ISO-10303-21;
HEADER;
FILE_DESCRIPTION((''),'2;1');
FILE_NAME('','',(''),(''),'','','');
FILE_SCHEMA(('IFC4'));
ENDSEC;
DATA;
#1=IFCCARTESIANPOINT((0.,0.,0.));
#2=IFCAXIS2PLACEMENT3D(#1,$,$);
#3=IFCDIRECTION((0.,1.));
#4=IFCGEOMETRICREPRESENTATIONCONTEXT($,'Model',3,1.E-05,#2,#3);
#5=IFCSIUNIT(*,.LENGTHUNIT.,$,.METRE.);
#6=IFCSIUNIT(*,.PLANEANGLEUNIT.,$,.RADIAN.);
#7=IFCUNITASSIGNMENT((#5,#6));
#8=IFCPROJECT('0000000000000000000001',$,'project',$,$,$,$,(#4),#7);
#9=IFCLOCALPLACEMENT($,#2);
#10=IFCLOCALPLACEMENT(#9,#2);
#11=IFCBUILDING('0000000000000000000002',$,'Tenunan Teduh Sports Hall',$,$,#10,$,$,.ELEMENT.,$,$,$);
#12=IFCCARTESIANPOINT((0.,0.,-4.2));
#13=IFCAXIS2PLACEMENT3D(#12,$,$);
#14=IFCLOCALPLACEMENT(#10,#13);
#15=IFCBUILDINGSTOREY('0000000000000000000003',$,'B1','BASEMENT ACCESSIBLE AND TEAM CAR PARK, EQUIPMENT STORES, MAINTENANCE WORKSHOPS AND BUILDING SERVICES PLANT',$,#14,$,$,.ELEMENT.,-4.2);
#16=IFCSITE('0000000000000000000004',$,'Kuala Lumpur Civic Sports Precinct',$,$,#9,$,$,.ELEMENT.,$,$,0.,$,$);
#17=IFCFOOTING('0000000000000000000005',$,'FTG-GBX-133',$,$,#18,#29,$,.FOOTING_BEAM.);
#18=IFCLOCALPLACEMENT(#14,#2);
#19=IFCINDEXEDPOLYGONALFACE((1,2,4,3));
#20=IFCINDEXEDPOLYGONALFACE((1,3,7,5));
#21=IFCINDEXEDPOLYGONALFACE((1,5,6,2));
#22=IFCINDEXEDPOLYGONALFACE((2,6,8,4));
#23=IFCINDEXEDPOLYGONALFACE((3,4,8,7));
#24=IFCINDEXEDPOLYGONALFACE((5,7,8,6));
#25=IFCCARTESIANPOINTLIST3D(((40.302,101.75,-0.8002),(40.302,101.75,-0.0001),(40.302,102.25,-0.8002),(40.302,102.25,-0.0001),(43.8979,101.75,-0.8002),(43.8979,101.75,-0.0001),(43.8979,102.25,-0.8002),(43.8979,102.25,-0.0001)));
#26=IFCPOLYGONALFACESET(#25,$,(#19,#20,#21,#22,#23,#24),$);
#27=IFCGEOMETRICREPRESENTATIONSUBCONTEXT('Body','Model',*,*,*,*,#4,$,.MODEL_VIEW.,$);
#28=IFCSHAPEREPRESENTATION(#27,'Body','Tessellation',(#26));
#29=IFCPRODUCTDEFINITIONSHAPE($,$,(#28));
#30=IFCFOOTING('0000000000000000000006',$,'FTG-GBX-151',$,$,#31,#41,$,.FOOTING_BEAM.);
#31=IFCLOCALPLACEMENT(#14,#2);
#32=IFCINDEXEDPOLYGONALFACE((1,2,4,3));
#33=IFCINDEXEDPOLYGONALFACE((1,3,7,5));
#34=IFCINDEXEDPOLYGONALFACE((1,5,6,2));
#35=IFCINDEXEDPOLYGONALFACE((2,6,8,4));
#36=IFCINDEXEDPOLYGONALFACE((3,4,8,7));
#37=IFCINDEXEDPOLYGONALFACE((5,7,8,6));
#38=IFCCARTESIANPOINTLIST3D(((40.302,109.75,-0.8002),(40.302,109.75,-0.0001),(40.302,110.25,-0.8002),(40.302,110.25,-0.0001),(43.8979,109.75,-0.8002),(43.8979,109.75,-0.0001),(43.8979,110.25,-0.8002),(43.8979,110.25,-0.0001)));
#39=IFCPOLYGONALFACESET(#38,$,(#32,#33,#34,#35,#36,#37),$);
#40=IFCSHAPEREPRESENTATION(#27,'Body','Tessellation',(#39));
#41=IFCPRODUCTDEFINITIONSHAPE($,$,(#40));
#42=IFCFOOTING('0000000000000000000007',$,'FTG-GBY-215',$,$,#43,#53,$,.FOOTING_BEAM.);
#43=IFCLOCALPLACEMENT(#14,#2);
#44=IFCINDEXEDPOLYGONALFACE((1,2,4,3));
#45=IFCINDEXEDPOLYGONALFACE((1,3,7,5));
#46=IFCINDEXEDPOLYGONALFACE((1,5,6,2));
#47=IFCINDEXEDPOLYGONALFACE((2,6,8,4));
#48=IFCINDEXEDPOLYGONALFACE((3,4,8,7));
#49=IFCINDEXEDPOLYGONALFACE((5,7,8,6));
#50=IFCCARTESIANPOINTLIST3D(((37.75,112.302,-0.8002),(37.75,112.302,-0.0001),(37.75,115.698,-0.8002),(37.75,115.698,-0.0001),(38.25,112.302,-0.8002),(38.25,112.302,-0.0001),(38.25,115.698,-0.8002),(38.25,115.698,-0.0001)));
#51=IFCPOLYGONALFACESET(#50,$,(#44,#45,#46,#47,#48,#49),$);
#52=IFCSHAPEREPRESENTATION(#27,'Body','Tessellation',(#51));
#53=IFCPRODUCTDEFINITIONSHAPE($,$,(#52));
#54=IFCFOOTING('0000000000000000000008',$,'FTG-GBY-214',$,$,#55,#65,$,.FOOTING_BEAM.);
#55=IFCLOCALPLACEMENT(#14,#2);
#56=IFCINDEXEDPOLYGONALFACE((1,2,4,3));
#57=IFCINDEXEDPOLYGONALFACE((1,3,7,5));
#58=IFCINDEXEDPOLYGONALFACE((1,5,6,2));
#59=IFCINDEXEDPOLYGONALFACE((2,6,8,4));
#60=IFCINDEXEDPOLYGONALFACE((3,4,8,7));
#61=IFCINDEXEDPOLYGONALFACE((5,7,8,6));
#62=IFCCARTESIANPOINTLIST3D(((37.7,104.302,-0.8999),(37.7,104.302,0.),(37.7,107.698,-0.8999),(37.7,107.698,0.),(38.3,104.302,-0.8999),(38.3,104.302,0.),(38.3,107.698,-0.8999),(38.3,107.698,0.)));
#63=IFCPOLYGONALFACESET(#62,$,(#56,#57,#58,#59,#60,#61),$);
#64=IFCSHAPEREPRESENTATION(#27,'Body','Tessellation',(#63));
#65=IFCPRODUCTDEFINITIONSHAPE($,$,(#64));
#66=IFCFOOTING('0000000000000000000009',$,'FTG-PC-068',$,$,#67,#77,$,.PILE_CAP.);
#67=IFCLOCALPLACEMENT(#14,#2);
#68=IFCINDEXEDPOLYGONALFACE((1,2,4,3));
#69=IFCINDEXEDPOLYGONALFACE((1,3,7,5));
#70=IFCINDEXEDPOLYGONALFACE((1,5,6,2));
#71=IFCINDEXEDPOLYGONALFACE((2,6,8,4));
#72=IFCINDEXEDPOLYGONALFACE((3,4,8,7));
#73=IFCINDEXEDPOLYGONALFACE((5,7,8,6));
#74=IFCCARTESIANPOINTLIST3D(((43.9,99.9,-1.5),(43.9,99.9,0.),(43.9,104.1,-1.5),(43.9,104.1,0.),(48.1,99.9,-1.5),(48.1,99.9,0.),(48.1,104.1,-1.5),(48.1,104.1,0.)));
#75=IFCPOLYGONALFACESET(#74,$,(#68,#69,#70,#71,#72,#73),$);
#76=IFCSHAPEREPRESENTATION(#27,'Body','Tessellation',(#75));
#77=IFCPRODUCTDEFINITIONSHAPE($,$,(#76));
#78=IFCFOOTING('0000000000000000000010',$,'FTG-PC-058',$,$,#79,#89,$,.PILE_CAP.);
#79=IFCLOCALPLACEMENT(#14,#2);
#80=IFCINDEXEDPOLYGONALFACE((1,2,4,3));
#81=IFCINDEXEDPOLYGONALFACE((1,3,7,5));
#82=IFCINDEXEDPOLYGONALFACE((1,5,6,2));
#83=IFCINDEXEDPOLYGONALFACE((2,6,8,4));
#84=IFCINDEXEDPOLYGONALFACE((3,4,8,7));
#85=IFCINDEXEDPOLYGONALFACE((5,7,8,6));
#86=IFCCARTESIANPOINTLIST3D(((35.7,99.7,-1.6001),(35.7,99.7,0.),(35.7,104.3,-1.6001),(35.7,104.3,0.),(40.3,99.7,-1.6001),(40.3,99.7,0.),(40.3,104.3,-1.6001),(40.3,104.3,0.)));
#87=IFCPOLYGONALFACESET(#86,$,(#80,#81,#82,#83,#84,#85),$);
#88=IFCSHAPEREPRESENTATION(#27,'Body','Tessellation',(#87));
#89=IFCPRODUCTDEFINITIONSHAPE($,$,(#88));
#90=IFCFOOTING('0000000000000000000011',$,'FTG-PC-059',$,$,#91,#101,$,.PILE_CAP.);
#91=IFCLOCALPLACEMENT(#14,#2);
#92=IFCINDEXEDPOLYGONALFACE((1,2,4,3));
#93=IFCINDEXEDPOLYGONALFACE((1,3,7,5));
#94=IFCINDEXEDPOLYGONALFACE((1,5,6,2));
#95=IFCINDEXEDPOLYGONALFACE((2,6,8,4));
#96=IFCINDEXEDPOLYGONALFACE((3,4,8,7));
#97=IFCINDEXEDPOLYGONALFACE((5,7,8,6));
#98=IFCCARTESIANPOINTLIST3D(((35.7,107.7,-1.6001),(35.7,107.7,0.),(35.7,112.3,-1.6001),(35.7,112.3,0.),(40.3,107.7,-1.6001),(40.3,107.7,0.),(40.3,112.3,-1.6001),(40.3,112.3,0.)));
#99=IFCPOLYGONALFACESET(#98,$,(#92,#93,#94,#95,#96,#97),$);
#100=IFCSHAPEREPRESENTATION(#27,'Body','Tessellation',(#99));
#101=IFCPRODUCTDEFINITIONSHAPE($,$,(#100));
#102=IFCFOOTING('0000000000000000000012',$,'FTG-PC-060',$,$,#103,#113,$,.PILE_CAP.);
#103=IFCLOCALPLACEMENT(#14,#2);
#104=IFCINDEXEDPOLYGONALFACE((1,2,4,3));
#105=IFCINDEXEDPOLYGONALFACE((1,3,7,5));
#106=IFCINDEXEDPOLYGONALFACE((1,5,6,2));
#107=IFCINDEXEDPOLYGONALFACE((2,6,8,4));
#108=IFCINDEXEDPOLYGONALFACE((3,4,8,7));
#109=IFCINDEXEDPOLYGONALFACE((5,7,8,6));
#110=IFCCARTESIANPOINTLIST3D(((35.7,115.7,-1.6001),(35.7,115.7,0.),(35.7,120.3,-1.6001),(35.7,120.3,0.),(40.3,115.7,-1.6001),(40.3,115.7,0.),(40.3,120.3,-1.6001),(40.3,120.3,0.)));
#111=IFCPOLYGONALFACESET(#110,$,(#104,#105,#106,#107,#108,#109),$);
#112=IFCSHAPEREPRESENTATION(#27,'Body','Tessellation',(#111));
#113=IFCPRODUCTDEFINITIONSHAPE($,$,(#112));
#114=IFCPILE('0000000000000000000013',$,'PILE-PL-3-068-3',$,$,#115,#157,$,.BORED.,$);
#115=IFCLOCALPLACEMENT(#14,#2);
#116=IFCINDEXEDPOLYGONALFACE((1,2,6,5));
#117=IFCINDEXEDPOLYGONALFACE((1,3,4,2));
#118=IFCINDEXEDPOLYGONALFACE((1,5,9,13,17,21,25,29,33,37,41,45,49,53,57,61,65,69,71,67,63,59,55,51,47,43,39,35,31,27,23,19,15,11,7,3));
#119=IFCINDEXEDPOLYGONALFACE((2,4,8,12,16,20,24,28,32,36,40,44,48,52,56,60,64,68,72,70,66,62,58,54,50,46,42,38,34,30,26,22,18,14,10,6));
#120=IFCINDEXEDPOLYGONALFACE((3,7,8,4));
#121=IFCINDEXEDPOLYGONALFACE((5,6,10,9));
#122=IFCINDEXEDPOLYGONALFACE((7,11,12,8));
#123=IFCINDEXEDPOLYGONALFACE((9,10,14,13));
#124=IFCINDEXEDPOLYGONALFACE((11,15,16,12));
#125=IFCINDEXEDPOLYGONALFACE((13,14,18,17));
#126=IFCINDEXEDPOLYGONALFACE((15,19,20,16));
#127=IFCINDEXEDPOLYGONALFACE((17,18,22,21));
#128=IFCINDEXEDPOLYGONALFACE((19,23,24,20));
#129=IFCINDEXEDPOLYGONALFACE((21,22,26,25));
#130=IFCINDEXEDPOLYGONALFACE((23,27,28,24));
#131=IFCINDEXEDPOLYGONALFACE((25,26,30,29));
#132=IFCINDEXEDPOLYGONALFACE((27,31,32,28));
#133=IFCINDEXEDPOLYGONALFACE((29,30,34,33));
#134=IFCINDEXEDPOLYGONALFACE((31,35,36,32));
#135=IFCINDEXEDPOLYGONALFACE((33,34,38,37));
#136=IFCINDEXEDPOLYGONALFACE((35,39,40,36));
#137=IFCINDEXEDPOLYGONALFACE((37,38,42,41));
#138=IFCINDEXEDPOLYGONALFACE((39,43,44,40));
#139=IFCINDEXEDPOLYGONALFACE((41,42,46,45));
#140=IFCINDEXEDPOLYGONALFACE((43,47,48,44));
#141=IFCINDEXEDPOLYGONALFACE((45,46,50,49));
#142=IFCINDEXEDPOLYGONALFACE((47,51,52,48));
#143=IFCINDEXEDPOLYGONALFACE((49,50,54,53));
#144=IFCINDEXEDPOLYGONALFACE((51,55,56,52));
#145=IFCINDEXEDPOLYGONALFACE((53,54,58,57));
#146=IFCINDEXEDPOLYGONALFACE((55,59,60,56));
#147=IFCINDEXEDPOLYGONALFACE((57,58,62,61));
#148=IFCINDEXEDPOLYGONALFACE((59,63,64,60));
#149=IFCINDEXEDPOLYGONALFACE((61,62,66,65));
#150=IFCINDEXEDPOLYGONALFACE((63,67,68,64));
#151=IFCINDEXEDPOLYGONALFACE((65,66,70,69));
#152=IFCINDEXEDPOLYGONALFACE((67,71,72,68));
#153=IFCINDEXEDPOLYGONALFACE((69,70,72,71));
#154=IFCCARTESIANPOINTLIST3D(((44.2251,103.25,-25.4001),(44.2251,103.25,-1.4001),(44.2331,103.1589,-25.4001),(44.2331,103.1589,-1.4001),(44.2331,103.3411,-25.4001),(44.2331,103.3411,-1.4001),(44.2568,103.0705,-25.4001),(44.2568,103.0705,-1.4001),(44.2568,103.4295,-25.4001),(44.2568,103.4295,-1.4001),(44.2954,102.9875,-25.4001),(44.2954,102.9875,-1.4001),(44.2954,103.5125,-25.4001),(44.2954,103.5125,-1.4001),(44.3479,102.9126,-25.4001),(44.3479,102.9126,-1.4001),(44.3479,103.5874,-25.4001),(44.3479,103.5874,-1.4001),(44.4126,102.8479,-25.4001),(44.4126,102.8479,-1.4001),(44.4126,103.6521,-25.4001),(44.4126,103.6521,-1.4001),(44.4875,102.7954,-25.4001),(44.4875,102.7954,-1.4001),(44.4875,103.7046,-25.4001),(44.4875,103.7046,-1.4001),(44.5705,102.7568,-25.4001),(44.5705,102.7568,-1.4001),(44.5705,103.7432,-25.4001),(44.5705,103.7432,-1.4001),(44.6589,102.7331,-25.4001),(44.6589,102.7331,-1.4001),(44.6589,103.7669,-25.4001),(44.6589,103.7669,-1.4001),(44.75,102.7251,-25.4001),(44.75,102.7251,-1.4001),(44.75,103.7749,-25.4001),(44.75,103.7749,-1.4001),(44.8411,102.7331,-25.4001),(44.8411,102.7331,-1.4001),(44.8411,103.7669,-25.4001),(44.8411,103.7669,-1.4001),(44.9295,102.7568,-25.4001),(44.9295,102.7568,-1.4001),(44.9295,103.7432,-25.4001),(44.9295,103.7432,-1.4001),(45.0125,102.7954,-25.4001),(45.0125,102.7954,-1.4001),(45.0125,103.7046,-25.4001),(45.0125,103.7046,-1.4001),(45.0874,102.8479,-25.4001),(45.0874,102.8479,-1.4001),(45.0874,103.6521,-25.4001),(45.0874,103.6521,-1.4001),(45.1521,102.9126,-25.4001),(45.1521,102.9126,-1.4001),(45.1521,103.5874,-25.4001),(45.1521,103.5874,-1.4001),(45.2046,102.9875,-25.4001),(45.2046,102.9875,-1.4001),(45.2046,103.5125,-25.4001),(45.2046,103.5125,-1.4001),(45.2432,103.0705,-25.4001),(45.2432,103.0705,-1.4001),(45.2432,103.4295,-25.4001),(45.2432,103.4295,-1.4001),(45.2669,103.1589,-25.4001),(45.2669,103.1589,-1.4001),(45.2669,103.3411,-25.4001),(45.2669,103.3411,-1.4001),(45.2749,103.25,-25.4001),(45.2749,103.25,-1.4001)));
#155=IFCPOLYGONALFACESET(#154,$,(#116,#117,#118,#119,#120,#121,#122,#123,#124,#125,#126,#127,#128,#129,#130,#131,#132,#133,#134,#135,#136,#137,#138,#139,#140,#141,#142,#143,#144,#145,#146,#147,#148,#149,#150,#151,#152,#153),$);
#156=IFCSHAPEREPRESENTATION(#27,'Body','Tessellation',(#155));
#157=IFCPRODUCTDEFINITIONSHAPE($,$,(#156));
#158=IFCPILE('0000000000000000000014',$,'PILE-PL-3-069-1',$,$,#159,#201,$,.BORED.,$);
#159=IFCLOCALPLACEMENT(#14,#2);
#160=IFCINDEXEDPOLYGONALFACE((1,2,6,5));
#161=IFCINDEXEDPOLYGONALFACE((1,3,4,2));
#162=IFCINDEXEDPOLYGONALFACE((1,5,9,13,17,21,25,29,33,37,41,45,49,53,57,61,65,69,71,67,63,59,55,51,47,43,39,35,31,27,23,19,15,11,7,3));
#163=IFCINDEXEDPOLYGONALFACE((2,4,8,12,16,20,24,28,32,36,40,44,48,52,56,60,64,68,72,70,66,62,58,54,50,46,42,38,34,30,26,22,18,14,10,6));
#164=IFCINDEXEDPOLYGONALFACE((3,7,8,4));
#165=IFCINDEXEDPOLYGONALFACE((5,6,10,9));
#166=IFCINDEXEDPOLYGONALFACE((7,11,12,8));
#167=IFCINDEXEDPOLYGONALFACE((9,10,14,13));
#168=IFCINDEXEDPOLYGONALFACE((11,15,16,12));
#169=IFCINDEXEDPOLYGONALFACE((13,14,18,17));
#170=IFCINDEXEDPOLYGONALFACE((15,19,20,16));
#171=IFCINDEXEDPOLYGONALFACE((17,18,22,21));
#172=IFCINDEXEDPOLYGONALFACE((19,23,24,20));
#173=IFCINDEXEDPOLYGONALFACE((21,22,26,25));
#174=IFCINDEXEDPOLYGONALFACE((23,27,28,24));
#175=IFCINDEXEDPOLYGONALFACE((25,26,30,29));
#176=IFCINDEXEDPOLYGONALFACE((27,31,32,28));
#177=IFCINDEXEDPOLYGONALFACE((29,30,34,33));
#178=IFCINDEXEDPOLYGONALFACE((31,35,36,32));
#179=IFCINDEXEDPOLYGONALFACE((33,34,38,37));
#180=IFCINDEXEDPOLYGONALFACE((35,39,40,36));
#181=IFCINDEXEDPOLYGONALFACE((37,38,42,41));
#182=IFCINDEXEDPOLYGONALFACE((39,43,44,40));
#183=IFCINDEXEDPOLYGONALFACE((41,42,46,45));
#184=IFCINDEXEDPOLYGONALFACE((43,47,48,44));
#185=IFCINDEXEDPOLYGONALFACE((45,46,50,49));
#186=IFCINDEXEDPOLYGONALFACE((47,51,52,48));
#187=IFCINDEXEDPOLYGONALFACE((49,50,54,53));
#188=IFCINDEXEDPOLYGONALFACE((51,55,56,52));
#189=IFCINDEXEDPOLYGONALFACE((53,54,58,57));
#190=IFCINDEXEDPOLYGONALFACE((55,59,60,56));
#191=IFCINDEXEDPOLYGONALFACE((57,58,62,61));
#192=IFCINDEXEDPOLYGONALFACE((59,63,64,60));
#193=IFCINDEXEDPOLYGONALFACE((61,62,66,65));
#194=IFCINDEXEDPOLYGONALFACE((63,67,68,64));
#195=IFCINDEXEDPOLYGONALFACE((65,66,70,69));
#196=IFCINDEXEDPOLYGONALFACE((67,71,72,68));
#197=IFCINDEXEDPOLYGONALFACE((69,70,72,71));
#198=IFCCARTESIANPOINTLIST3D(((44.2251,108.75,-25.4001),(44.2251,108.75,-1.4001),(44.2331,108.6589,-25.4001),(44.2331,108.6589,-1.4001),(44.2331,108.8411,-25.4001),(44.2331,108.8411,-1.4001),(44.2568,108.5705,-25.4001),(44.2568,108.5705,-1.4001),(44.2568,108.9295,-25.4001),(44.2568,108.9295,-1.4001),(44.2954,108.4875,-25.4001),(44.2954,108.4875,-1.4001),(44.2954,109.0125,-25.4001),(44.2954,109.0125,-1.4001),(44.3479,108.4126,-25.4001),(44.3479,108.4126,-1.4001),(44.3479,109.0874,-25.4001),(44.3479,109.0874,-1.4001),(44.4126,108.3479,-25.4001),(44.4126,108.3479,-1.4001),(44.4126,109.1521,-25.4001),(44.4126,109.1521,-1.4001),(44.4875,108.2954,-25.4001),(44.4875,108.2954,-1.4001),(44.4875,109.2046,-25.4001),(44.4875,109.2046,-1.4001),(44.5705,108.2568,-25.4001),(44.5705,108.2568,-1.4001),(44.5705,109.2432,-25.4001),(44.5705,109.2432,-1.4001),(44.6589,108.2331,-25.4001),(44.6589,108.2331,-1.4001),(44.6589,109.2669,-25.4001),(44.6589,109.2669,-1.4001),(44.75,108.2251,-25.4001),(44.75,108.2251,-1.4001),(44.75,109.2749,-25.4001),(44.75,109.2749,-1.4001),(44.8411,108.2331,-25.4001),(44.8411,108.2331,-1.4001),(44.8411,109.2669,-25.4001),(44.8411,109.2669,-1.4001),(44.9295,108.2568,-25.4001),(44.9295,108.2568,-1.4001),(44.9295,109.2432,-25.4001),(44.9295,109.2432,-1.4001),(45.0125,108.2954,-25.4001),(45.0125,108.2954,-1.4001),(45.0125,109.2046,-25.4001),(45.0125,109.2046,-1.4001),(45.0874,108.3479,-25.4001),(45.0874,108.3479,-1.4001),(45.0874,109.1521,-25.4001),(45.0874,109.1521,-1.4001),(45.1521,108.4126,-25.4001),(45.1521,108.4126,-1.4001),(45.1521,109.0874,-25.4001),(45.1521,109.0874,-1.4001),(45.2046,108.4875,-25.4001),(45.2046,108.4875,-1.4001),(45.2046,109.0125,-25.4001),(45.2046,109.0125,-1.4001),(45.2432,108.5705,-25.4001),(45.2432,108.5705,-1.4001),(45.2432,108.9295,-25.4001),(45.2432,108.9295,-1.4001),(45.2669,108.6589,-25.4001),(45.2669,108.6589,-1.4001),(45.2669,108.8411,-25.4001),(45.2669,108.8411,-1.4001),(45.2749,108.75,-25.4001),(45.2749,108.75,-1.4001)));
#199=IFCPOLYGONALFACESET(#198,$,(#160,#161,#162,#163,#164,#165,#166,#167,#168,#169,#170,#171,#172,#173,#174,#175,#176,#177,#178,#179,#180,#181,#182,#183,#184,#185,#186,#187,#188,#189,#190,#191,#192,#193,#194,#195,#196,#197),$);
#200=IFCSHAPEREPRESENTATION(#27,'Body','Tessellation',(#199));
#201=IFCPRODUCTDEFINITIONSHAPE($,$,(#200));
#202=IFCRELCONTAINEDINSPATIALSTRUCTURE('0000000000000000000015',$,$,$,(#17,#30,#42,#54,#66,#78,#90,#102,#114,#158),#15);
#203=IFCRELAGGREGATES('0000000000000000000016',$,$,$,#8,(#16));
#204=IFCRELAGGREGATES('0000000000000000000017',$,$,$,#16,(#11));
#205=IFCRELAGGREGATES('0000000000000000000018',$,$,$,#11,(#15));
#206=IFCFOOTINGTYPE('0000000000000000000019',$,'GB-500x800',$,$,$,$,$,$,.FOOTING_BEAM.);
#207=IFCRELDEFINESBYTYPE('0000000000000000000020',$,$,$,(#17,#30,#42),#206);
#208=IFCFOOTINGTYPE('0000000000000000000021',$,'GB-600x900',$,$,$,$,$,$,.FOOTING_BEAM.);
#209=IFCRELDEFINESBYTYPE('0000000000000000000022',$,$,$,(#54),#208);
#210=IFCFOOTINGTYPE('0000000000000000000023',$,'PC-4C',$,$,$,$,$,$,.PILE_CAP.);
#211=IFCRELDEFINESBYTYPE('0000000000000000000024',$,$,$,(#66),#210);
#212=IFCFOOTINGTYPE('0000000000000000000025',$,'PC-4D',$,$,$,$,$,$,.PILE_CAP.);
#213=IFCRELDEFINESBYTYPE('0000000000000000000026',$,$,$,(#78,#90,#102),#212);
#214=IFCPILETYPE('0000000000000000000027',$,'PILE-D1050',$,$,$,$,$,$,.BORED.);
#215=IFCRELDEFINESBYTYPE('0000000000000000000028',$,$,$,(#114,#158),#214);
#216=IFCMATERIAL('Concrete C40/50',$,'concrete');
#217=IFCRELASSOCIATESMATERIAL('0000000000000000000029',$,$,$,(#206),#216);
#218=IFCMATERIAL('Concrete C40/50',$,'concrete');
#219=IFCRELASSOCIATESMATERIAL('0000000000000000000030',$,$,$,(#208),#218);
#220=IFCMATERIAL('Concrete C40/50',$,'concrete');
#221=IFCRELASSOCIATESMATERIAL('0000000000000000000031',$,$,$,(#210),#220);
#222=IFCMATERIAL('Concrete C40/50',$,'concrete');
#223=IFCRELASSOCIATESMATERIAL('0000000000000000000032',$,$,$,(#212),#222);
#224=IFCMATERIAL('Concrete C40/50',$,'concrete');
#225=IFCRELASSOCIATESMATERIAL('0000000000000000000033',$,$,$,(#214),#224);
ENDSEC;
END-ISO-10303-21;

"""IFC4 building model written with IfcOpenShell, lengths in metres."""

from ifc_helpers import new_model, si_unit, direction, frame, origin, origin_2d, place, context, subcontext, project, spatial, rectangle, circle, extrude, material, material_profile, profile_set, type_object, element, save


model = new_model("IFC4")

# Units and contexts
model_context = context("Model", 3, precision=1e-05, world=origin(), true_north=direction((0.0, 1.0)))
body_context = subcontext(model_context, "Body", "Model", "MODEL_VIEW")
ifc_project = project(units=[si_unit("LENGTHUNIT", "METRE"), si_unit("PLANEANGLEUNIT", "RADIAN")], contexts=[model_context])

# Site, building, storey
site_placement = place(None, origin())
site = spatial("IfcSite", under=ifc_project, at=site_placement, Name="Kuala Lumpur Civic Sports Precinct", CompositionType="ELEMENT", RefElevation=0.0)
building_placement = place(site_placement, origin())
building = spatial("IfcBuilding", under=site, at=building_placement, Name="Tenunan Teduh Sports Hall", CompositionType="ELEMENT")
storey_placement = place(building_placement, frame((0.0, 0.0, -4.2)))
storey = spatial("IfcBuildingStorey", under=building, at=storey_placement, Name="B1", Description="BASEMENT ACCESSIBLE AND TEAM CAR PARK, EQUIPMENT STORES, MAINTENANCE WORKSHOPS AND BUILDING SERVICES PLANT", CompositionType="ELEMENT", Elevation=-4.2)

# Footings
ifc_material_1 = material(Name="Concrete C40/50", Category="concrete")
ifc_material_profile_1 = material_profile(ifc_material_1, rectangle(XDim=0.5, YDim=0.8, at=origin_2d()), Name="RCB 500x800")
ifc_profile_set_1 = profile_set([ifc_material_profile_1], Name="Concrete C40/50")
footing_type_1 = type_object("IfcFootingType", Name="GB-500x800", PredefinedType="FOOTING_BEAM", material=ifc_profile_set_1)
for number, where, z_axis, x_axis, name in (
    (1, (40.302, 102.0, -0.4001), (1.0, 0.0, 0.0), (0.0, 1.0, 0.0), "FTG-GBX-133"),
    (2, (40.302, 110.0, -0.4001), (1.0, 0.0, 0.0), (0.0, 1.0, 0.0), "FTG-GBX-151"),
):
    element("IfcFooting", number, at=place(storey_placement, frame(where, z_axis=z_axis, x_axis=x_axis)), inside=storey, type_object=footing_type_1, Name=name, PredefinedType="FOOTING_BEAM", context=body_context, shape_type="SweptSolid", body=[
        extrude(rectangle(XDim=0.5, YDim=0.8, at=origin_2d()), origin(), (0.0, 0.0, 1.0), 3.5959),
    ])
footing_1_placement = place(storey_placement, frame((38.0, 112.302, -0.4001), z_axis=(0.0, 1.0, 0.0), x_axis=(-1.0, 0.0, 0.0)))
element("IfcFooting", 3, at=footing_1_placement, inside=storey, type_object=footing_type_1, Name="FTG-GBY-215", PredefinedType="FOOTING_BEAM", context=body_context, shape_type="SweptSolid", body=[
    extrude(rectangle(XDim=0.5, YDim=0.8, at=origin_2d()), origin(), (0.0, 0.0, 1.0), 3.396),
])
ifc_material_2 = material(Name="Concrete C40/50", Category="concrete")
ifc_material_profile_2 = material_profile(ifc_material_2, rectangle(XDim=0.6001, YDim=0.8999, at=origin_2d()), Name="RCB 600x900")
ifc_profile_set_2 = profile_set([ifc_material_profile_2], Name="Concrete C40/50")
footing_type_2 = type_object("IfcFootingType", Name="GB-600x900", PredefinedType="FOOTING_BEAM", material=ifc_profile_set_2)
footing_2_placement = place(storey_placement, frame((38.0, 104.302, -0.45), z_axis=(0.0, 1.0, 0.0), x_axis=(-1.0, 0.0, 0.0)))
element("IfcFooting", 4, at=footing_2_placement, inside=storey, type_object=footing_type_2, Name="FTG-GBY-214", PredefinedType="FOOTING_BEAM", context=body_context, shape_type="SweptSolid", body=[
    extrude(rectangle(XDim=0.6001, YDim=0.8999, at=origin_2d()), origin(), (0.0, 0.0, 1.0), 3.396),
])
ifc_material_3 = material(Name="Concrete C40/50", Category="concrete")
footing_type_3 = type_object("IfcFootingType", Name="PC-4C", PredefinedType="PILE_CAP", material=ifc_material_3)
footing_3_placement = place(storey_placement, frame((46.0, 102.0, -1.5), z_axis=(0.0, 0.0, 1.0), x_axis=(1.0, 0.0, 0.0)))
element("IfcFooting", 5, at=footing_3_placement, inside=storey, type_object=footing_type_3, Name="FTG-PC-068", PredefinedType="PILE_CAP", context=body_context, shape_type="SweptSolid", body=[
    extrude(rectangle(XDim=4.2, YDim=4.2, at=origin_2d()), origin(), (0.0, 0.0, 1.0), 1.5),
])
ifc_material_4 = material(Name="Concrete C40/50", Category="concrete")
footing_type_4 = type_object("IfcFootingType", Name="PC-4D", PredefinedType="PILE_CAP", material=ifc_material_4)
for number, where, z_axis, x_axis, name in (
    (6, (38.0, 102.0, -1.6001), (0.0, 0.0, 1.0), (1.0, 0.0, 0.0), "FTG-PC-058"),
    (7, (38.0, 110.0, -1.6001), (0.0, 0.0, 1.0), (1.0, 0.0, 0.0), "FTG-PC-059"),
    (8, (38.0, 118.0, -1.6001), (0.0, 0.0, 1.0), (1.0, 0.0, 0.0), "FTG-PC-060"),
):
    element("IfcFooting", number, at=place(storey_placement, frame(where, z_axis=z_axis, x_axis=x_axis)), inside=storey, type_object=footing_type_4, Name=name, PredefinedType="PILE_CAP", context=body_context, shape_type="SweptSolid", body=[
        extrude(rectangle(XDim=4.6001, YDim=4.6001, at=origin_2d()), origin(), (0.0, 0.0, 1.0), 1.6001),
    ])

# Piles
ifc_material_5 = material(Name="Concrete C40/50", Category="concrete")
ifc_material_profile_3 = material_profile(ifc_material_5, circle(Radius=0.5249, at=origin_2d()), Name="PILE D1050")
ifc_profile_set_3 = profile_set([ifc_material_profile_3], Name="Concrete C40/50")
pile_type_1 = type_object("IfcPileType", Name="PILE-D1050", PredefinedType="BORED", material=ifc_profile_set_3)
for number, where, z_axis, x_axis, name in (
    (9, (44.75, 103.25, -1.4001), (0.0, 0.0, -1.0), (1.0, 0.0, 0.0), "PILE-PL-3-068-3"),
    (10, (44.75, 108.75, -1.4001), (0.0, 0.0, -1.0), (1.0, 0.0, 0.0), "PILE-PL-3-069-1"),
):
    element("IfcPile", number, at=place(storey_placement, frame(where, z_axis=z_axis, x_axis=x_axis)), inside=storey, type_object=pile_type_1, Name=name, PredefinedType="BORED", context=body_context, shape_type="SweptSolid", body=[
        extrude(circle(Radius=0.5249, at=origin_2d()), origin(), (0.0, 0.0, 1.0), 24.0),
    ])

save(model, "model.ifc")
